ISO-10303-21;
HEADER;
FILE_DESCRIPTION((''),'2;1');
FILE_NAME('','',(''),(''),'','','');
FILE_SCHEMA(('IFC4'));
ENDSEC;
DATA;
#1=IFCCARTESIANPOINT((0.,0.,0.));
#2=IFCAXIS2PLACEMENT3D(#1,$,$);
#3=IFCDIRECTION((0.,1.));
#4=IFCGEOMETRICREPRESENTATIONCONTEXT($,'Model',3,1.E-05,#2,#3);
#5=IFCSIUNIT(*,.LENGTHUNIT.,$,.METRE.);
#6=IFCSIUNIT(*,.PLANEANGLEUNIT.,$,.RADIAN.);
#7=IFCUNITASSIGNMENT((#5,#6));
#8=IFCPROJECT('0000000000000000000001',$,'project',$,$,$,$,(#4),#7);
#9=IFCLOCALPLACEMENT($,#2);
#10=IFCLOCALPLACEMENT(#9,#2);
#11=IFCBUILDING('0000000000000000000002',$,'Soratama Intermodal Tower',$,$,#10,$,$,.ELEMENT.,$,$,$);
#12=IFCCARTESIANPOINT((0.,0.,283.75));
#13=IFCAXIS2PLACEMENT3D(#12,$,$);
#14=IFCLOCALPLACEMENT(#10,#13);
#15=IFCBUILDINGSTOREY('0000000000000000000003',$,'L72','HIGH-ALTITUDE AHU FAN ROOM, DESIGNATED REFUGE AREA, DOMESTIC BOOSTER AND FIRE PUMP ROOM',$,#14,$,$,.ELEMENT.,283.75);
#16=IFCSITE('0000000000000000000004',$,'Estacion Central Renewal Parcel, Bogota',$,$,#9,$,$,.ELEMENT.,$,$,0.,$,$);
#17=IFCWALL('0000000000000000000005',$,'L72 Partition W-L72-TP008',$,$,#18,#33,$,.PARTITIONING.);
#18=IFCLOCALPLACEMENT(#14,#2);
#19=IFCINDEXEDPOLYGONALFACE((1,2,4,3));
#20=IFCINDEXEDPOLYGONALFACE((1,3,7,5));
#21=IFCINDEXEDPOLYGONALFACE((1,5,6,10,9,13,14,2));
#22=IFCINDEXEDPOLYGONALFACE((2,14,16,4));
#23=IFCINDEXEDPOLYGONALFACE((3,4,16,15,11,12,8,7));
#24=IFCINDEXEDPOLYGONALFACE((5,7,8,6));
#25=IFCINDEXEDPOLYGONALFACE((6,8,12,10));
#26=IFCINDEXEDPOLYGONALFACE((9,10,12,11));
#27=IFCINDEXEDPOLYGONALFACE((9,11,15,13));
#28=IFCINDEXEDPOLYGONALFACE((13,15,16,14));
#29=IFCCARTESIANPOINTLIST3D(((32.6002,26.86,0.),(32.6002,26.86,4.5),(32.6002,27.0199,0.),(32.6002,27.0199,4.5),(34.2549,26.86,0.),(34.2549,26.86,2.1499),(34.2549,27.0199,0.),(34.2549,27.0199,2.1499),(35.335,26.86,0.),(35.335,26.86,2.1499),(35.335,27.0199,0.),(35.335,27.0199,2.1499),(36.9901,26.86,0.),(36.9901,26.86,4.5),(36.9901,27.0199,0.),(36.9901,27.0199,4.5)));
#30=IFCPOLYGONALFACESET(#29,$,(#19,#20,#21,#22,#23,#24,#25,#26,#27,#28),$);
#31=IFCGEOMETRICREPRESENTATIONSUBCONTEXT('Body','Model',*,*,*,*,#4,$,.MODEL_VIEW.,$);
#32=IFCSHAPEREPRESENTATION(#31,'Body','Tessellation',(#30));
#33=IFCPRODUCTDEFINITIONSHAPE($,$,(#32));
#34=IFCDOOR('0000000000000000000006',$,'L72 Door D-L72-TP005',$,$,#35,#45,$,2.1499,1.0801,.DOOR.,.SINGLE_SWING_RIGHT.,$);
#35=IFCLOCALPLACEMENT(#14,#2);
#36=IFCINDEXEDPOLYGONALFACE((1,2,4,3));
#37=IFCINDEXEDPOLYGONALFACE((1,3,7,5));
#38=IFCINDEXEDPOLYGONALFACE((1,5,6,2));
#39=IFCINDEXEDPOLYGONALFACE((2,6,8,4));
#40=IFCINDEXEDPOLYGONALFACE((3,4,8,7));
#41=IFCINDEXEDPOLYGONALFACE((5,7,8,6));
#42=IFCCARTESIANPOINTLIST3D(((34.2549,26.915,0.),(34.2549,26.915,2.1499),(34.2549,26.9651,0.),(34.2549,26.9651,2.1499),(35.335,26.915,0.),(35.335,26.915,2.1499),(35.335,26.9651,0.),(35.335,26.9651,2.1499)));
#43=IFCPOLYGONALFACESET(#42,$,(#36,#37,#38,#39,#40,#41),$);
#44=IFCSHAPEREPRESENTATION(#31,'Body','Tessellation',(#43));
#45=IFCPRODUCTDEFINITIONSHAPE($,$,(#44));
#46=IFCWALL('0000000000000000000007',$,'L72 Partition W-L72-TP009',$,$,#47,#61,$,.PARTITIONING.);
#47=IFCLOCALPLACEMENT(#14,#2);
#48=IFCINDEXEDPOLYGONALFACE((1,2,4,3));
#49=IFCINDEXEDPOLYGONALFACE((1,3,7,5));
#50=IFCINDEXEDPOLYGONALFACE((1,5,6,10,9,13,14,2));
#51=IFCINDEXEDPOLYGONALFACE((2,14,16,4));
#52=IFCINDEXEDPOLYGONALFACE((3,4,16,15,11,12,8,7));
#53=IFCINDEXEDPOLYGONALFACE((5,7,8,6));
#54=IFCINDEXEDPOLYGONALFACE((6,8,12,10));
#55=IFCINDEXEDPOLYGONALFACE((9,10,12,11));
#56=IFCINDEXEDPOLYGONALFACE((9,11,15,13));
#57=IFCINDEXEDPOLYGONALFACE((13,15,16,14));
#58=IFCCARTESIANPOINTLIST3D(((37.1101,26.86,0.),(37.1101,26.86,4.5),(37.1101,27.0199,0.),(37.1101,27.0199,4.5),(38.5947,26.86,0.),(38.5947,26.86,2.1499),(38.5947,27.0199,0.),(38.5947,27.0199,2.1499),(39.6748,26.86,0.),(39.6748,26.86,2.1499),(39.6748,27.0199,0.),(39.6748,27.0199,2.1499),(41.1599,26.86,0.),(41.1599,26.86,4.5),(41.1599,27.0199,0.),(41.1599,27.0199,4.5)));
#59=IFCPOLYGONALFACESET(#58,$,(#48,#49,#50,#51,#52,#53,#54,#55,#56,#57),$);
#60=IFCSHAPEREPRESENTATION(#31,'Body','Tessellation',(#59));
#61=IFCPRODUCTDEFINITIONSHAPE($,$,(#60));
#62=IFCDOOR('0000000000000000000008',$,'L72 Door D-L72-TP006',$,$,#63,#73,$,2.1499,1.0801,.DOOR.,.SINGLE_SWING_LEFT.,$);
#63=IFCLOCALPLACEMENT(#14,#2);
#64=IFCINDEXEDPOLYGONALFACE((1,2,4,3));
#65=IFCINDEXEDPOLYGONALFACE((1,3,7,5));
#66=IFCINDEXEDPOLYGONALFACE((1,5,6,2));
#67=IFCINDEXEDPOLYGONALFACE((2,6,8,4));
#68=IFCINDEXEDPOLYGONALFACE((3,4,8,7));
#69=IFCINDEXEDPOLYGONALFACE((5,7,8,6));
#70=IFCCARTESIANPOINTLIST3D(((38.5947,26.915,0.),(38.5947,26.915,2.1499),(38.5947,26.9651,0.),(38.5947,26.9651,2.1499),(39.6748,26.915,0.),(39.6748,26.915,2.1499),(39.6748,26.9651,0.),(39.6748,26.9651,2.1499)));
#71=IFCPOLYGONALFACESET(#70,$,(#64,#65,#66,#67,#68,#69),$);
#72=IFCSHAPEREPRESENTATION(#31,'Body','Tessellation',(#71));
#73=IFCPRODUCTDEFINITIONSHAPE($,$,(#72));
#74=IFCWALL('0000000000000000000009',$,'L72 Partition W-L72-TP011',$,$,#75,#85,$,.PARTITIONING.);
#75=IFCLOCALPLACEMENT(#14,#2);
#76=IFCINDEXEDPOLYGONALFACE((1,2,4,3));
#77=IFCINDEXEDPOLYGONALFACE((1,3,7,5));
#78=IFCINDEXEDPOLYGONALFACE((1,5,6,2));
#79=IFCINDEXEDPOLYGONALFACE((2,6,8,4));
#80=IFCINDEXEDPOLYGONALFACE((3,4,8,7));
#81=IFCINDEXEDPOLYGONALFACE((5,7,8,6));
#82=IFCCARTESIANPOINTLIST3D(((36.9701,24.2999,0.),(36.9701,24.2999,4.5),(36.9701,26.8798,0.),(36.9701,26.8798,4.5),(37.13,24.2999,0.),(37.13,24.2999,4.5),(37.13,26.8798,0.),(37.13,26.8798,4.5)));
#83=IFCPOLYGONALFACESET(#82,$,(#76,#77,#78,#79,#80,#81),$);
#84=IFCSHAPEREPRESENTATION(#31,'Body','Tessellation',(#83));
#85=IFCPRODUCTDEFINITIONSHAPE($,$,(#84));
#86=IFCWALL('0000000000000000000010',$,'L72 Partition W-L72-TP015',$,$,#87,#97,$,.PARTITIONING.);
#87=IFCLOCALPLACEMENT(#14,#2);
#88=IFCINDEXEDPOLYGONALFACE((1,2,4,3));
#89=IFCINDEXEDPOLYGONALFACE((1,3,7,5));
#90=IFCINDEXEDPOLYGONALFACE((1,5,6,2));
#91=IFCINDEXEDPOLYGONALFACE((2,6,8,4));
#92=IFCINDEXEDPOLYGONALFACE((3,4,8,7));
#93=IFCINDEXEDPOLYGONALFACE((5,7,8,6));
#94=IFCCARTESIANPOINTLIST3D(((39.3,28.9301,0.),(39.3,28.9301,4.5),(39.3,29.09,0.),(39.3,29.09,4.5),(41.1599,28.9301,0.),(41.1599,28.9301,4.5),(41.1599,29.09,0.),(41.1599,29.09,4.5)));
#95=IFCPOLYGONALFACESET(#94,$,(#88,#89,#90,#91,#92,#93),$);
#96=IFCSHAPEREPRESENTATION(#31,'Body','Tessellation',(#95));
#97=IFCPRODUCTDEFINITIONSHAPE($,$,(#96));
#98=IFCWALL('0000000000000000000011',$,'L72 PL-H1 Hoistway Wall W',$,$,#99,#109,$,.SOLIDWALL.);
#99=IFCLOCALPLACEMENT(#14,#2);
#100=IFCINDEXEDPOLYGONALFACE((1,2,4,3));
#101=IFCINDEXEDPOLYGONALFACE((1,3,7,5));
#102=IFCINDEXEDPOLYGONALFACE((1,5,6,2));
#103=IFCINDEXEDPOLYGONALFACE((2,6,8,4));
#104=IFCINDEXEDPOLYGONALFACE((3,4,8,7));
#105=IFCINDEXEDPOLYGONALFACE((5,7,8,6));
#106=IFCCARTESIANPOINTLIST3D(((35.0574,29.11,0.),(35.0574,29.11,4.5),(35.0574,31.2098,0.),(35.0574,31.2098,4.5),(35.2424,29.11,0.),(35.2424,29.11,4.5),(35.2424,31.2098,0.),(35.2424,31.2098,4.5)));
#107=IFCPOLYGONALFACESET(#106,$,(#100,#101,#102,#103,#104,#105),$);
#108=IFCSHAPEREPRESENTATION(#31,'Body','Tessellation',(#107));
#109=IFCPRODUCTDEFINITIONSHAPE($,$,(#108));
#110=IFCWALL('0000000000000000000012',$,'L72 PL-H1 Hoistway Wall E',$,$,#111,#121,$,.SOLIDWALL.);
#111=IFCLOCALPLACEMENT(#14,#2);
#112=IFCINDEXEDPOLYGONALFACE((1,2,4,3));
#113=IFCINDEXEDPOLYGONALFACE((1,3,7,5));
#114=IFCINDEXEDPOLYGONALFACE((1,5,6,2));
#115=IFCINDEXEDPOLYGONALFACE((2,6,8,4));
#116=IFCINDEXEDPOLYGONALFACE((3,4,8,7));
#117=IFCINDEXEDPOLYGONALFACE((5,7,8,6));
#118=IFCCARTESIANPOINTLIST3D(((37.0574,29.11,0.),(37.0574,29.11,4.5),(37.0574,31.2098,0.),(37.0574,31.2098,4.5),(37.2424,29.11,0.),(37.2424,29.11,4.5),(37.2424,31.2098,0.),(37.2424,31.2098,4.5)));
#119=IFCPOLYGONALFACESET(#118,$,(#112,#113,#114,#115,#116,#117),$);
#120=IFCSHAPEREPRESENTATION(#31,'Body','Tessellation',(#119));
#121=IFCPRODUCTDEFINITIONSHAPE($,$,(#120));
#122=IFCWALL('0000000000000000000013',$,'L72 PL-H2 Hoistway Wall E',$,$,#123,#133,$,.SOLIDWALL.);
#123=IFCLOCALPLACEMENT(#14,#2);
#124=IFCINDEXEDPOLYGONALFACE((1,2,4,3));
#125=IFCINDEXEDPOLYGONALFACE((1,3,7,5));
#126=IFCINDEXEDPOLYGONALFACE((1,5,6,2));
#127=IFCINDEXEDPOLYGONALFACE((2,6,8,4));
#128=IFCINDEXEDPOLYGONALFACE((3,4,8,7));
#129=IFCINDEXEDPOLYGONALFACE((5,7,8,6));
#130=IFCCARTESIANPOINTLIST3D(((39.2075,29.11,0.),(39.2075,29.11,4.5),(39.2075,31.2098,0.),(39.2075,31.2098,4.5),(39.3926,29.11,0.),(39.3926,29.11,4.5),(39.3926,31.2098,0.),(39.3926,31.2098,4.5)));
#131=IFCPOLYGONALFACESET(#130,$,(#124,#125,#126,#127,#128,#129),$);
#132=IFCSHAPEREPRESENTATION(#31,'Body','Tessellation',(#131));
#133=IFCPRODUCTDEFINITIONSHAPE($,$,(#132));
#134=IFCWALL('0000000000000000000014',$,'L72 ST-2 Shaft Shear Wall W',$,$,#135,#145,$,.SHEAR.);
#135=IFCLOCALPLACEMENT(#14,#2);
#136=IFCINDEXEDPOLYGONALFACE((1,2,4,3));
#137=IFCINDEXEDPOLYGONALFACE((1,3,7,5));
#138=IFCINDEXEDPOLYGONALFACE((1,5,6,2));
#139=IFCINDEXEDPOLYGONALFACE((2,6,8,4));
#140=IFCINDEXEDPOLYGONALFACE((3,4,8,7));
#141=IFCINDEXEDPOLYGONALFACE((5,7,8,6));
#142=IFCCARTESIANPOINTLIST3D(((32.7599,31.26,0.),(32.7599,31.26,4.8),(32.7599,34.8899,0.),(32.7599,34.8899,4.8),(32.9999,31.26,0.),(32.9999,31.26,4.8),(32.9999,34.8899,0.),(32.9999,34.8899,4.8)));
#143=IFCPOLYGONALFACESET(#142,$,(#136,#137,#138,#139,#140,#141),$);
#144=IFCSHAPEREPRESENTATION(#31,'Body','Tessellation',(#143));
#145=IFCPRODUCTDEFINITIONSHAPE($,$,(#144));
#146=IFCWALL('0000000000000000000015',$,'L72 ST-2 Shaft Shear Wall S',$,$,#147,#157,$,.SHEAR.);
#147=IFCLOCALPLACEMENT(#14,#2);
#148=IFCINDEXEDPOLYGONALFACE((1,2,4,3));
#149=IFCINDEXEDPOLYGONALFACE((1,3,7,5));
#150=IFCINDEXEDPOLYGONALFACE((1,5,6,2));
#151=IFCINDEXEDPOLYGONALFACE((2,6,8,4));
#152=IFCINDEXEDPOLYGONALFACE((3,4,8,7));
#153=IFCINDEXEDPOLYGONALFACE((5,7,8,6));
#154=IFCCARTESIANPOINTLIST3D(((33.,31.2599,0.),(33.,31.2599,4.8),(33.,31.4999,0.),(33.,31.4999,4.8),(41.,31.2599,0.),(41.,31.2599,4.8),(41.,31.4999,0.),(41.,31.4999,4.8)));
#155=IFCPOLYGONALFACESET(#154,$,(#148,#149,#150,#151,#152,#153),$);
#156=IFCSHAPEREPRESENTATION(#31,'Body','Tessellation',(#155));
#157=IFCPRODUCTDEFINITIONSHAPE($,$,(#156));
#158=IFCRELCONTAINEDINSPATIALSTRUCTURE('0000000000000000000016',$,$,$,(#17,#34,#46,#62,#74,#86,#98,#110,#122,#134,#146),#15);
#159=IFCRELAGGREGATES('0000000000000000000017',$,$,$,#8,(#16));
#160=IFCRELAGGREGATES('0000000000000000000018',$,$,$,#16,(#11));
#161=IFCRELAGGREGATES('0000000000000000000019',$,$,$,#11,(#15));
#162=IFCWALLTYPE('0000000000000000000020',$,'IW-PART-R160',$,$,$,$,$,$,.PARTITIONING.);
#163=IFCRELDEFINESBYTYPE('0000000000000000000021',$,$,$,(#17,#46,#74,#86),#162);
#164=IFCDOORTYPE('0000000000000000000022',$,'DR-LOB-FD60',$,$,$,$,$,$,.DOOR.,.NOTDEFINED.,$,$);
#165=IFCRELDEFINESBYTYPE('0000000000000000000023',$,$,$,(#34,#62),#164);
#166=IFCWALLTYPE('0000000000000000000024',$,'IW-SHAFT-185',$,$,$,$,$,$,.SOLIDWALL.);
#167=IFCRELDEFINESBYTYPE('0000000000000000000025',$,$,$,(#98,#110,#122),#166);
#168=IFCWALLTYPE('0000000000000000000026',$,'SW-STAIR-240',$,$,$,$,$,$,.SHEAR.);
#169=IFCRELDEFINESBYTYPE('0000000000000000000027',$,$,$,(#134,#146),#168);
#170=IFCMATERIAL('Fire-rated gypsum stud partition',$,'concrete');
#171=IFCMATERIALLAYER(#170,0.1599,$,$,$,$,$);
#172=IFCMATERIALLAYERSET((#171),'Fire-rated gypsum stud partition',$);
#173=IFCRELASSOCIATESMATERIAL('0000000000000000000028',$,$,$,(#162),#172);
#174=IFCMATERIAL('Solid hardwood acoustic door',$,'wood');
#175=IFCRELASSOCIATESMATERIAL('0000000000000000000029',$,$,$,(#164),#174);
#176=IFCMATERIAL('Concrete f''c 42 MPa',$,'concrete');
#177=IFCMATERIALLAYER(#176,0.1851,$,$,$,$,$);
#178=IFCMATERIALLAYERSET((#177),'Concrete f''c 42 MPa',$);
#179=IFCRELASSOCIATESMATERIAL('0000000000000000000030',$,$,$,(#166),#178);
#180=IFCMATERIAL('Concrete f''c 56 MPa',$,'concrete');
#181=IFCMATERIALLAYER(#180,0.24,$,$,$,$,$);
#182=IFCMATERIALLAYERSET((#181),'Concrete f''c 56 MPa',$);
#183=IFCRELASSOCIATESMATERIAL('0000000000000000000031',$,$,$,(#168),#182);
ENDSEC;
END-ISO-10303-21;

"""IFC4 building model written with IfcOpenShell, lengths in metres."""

from ifc_helpers import new_model, si_unit, direction, frame, frame_2d, origin, place, context, subcontext, project, spatial, rectangle, extrude, material, layer, layer_set, type_object, element, fill, save


model = new_model("IFC4")

# Units and contexts
model_context = context("Model", 3, precision=1e-05, world=origin(), true_north=direction((0.0, 1.0)))
body_context = subcontext(model_context, "Body", "Model", "MODEL_VIEW")
ifc_project = project(units=[si_unit("LENGTHUNIT", "METRE"), si_unit("PLANEANGLEUNIT", "RADIAN")], contexts=[model_context])

# Site, building, storey
site_placement = place(None, origin())
site = spatial("IfcSite", under=ifc_project, at=site_placement, Name="Estacion Central Renewal Parcel, Bogota", CompositionType="ELEMENT", RefElevation=0.0)
building_placement = place(site_placement, origin())
building = spatial("IfcBuilding", under=site, at=building_placement, Name="Soratama Intermodal Tower", CompositionType="ELEMENT")
storey_placement = place(building_placement, frame((0.0, 0.0, 283.75)))
storey = spatial("IfcBuildingStorey", under=building, at=storey_placement, Name="L72", Description="HIGH-ALTITUDE AHU FAN ROOM, DESIGNATED REFUGE AREA, DOMESTIC BOOSTER AND FIRE PUMP ROOM", CompositionType="ELEMENT", Elevation=283.75)

# Walls, openings, doors
ifc_material_1 = material(Name="Fire-rated gypsum stud partition", Category="concrete")
ifc_layer_1 = layer(ifc_material_1, 0.1599)
ifc_layer_set_1 = layer_set([ifc_layer_1], Name="Fire-rated gypsum stud partition")
wall_type_1 = type_object("IfcWallType", Name="IW-PART-R160", PredefinedType="PARTITIONING", material=ifc_layer_set_1)
wall_1_placement = place(storey_placement, frame((36.99, 26.9399, 0.0), z_axis=(0.0, 0.0, 1.0), x_axis=(-1.0, 0.0, 0.0)))
wall_1 = element("IfcWall", 1, at=wall_1_placement, inside=storey, type_object=wall_type_1, Name="L72 Partition W-L72-TP008", PredefinedType="PARTITIONING", context=body_context, shape_type="SweptSolid", body=[
    extrude(rectangle(XDim=4.3899, YDim=0.1599, at=frame_2d((2.1948, 0.0))), origin(), (0.0, 0.0, 1.0), 4.5),
])
opening_1_placement = place(wall_1_placement, frame((1.655, 0.0, 0.0)))
opening_1 = element("IfcOpeningElement", 2, at=opening_1_placement, cuts=wall_1, PredefinedType="OPENING", context=body_context, shape_type="SweptSolid", body=[
    extrude(rectangle(XDim=1.0801, YDim=2.1499, at=frame_2d((0.54, 1.075))), frame((0.0, 0.0898, 0.0), z_axis=(0.0, -1.0, 0.0), x_axis=(1.0, 0.0, 0.0)), (0.0, 0.0, 1.0), 0.1799),
])
ifc_material_2 = material(Name="Solid hardwood acoustic door", Category="wood")
door_type_1 = type_object("IfcDoorType", Name="DR-LOB-FD60", OperationType="NOTDEFINED", PredefinedType="DOOR", material=ifc_material_2)
door_1_placement = place(opening_1_placement, origin())
door_1 = element("IfcDoor", 3, at=door_1_placement, inside=storey, type_object=door_type_1, Name="L72 Door D-L72-TP005", OperationType="SINGLE_SWING_RIGHT", OverallHeight=2.1499, OverallWidth=1.0801, PredefinedType="DOOR", context=body_context, shape_type="SweptSolid", body=[
    extrude(rectangle(XDim=1.0801, YDim=2.1499, at=frame_2d((0.54, 1.075))), frame((0.0, 0.0249, 0.0), z_axis=(0.0, -1.0, 0.0), x_axis=(1.0, 0.0, 0.0)), (0.0, 0.0, 1.0), 0.05),
])
fill(opening_1, door_1)
wall_2_placement = place(storey_placement, frame((41.1599, 26.9399, 0.0), z_axis=(0.0, 0.0, 1.0), x_axis=(-1.0, 0.0, 0.0)))
wall_2 = element("IfcWall", 4, at=wall_2_placement, inside=storey, type_object=wall_type_1, Name="L72 Partition W-L72-TP009", PredefinedType="PARTITIONING", context=body_context, shape_type="SweptSolid", body=[
    extrude(rectangle(XDim=4.0498, YDim=0.1599, at=frame_2d((2.0249, 0.0))), origin(), (0.0, 0.0, 1.0), 4.5),
])
opening_2_placement = place(wall_2_placement, frame((1.4851, 0.0, 0.0)))
opening_2 = element("IfcOpeningElement", 5, at=opening_2_placement, cuts=wall_2, PredefinedType="OPENING", context=body_context, shape_type="SweptSolid", body=[
    extrude(rectangle(XDim=1.0801, YDim=2.1499, at=frame_2d((0.54, 1.075))), frame((0.0, 0.0898, 0.0), z_axis=(0.0, -1.0, 0.0), x_axis=(1.0, 0.0, 0.0)), (0.0, 0.0, 1.0), 0.1799),
])
door_2_placement = place(opening_2_placement, origin())
door_2 = element("IfcDoor", 6, at=door_2_placement, inside=storey, type_object=door_type_1, Name="L72 Door D-L72-TP006", OperationType="SINGLE_SWING_LEFT", OverallHeight=2.1499, OverallWidth=1.0801, PredefinedType="DOOR", context=body_context, shape_type="SweptSolid", body=[
    extrude(rectangle(XDim=1.0801, YDim=2.1499, at=frame_2d((0.54, 1.075))), frame((0.0, 0.0249, 0.0), z_axis=(0.0, -1.0, 0.0), x_axis=(1.0, 0.0, 0.0)), (0.0, 0.0, 1.0), 0.05),
])
fill(opening_2, door_2)

# Walls
wall_3_placement = place(storey_placement, frame((37.05, 26.8799, 0.0), z_axis=(0.0, 0.0, 1.0), x_axis=(0.0, -1.0, 0.0)))
element("IfcWall", 7, at=wall_3_placement, inside=storey, type_object=wall_type_1, Name="L72 Partition W-L72-TP011", PredefinedType="PARTITIONING", context=body_context, shape_type="SweptSolid", body=[
    extrude(rectangle(XDim=2.5798, YDim=0.1599, at=frame_2d((1.29, 0.0))), origin(), (0.0, 0.0, 1.0), 4.5),
])
wall_4_placement = place(storey_placement, frame((39.3, 29.01, 0.0), z_axis=(0.0, 0.0, 1.0), x_axis=(1.0, 0.0, 0.0)))
element("IfcWall", 8, at=wall_4_placement, inside=storey, type_object=wall_type_1, Name="L72 Partition W-L72-TP015", PredefinedType="PARTITIONING", context=body_context, shape_type="SweptSolid", body=[
    extrude(rectangle(XDim=1.8599, YDim=0.1599, at=frame_2d((0.9299, 0.0))), origin(), (0.0, 0.0, 1.0), 4.5),
])

# Shared definitions
ifc_material_3 = material(Name="Concrete f'c 42 MPa", Category="concrete")
ifc_layer_2 = layer(ifc_material_3, 0.1851)
ifc_layer_set_2 = layer_set([ifc_layer_2], Name="Concrete f'c 42 MPa")
wall_type_2 = type_object("IfcWallType", Name="IW-SHAFT-185", PredefinedType="SOLIDWALL", material=ifc_layer_set_2)

# Walls
for number, where, z_axis, x_axis, name in (
    (9, (35.1499, 29.1101, 0.0), (0.0, 0.0, 1.0), (0.0, 1.0, 0.0), "L72 PL-H1 Hoistway Wall W"),
    (10, (37.1499, 29.1101, 0.0), (0.0, 0.0, 1.0), (0.0, 1.0, 0.0), "L72 PL-H1 Hoistway Wall E"),
):
    element("IfcWall", number, at=place(storey_placement, frame(where, z_axis=z_axis, x_axis=x_axis)), inside=storey, type_object=wall_type_2, Name=name, PredefinedType="SOLIDWALL", context=body_context, shape_type="SweptSolid", body=[
        extrude(rectangle(XDim=2.0999, YDim=0.1851, at=frame_2d((1.0498, 0.0))), origin(), (0.0, 0.0, 1.0), 4.5),
    ])

# Walls
wall_5_placement = place(storey_placement, frame((39.3, 29.1101, 0.0), z_axis=(0.0, 0.0, 1.0), x_axis=(0.0, 1.0, 0.0)))
element("IfcWall", 11, at=wall_5_placement, inside=storey, type_object=wall_type_2, Name="L72 PL-H2 Hoistway Wall E", PredefinedType="SOLIDWALL", context=body_context, shape_type="SweptSolid", body=[
    extrude(rectangle(XDim=2.0999, YDim=0.1851, at=frame_2d((1.0498, 0.0))), origin(), (0.0, 0.0, 1.0), 4.5),
])
ifc_material_4 = material(Name="Concrete f'c 56 MPa", Category="concrete")
ifc_layer_3 = layer(ifc_material_4, 0.24)
ifc_layer_set_3 = layer_set([ifc_layer_3], Name="Concrete f'c 56 MPa")
wall_type_3 = type_object("IfcWallType", Name="SW-STAIR-240", PredefinedType="SHEAR", material=ifc_layer_set_3)
wall_6_placement = place(storey_placement, frame((32.8799, 31.26, 0.0), z_axis=(0.0, 0.0, 1.0), x_axis=(0.0, 1.0, 0.0)))
element("IfcWall", 12, at=wall_6_placement, inside=storey, type_object=wall_type_3, Name="L72 ST-2 Shaft Shear Wall W", PredefinedType="SHEAR", context=body_context, shape_type="SweptSolid", body=[
    extrude(rectangle(XDim=3.6299, YDim=0.24, at=frame_2d((1.8149, 0.0))), origin(), (0.0, 0.0, 1.0), 4.8),
])

# Wall
wall_7_placement = place(storey_placement, frame((33.0, 31.3799, 0.0), z_axis=(0.0, 0.0, 1.0), x_axis=(1.0, 0.0, 0.0)))
element("IfcWall", 13, at=wall_7_placement, inside=storey, type_object=wall_type_3, Name="L72 ST-2 Shaft Shear Wall S", PredefinedType="SHEAR", context=body_context, shape_type="SweptSolid", body=[
    extrude(rectangle(XDim=8.0, YDim=0.24, at=frame_2d((4.0, 0.0))), origin(), (0.0, 0.0, 1.0), 4.8),
])

save(model, "model.ifc")
